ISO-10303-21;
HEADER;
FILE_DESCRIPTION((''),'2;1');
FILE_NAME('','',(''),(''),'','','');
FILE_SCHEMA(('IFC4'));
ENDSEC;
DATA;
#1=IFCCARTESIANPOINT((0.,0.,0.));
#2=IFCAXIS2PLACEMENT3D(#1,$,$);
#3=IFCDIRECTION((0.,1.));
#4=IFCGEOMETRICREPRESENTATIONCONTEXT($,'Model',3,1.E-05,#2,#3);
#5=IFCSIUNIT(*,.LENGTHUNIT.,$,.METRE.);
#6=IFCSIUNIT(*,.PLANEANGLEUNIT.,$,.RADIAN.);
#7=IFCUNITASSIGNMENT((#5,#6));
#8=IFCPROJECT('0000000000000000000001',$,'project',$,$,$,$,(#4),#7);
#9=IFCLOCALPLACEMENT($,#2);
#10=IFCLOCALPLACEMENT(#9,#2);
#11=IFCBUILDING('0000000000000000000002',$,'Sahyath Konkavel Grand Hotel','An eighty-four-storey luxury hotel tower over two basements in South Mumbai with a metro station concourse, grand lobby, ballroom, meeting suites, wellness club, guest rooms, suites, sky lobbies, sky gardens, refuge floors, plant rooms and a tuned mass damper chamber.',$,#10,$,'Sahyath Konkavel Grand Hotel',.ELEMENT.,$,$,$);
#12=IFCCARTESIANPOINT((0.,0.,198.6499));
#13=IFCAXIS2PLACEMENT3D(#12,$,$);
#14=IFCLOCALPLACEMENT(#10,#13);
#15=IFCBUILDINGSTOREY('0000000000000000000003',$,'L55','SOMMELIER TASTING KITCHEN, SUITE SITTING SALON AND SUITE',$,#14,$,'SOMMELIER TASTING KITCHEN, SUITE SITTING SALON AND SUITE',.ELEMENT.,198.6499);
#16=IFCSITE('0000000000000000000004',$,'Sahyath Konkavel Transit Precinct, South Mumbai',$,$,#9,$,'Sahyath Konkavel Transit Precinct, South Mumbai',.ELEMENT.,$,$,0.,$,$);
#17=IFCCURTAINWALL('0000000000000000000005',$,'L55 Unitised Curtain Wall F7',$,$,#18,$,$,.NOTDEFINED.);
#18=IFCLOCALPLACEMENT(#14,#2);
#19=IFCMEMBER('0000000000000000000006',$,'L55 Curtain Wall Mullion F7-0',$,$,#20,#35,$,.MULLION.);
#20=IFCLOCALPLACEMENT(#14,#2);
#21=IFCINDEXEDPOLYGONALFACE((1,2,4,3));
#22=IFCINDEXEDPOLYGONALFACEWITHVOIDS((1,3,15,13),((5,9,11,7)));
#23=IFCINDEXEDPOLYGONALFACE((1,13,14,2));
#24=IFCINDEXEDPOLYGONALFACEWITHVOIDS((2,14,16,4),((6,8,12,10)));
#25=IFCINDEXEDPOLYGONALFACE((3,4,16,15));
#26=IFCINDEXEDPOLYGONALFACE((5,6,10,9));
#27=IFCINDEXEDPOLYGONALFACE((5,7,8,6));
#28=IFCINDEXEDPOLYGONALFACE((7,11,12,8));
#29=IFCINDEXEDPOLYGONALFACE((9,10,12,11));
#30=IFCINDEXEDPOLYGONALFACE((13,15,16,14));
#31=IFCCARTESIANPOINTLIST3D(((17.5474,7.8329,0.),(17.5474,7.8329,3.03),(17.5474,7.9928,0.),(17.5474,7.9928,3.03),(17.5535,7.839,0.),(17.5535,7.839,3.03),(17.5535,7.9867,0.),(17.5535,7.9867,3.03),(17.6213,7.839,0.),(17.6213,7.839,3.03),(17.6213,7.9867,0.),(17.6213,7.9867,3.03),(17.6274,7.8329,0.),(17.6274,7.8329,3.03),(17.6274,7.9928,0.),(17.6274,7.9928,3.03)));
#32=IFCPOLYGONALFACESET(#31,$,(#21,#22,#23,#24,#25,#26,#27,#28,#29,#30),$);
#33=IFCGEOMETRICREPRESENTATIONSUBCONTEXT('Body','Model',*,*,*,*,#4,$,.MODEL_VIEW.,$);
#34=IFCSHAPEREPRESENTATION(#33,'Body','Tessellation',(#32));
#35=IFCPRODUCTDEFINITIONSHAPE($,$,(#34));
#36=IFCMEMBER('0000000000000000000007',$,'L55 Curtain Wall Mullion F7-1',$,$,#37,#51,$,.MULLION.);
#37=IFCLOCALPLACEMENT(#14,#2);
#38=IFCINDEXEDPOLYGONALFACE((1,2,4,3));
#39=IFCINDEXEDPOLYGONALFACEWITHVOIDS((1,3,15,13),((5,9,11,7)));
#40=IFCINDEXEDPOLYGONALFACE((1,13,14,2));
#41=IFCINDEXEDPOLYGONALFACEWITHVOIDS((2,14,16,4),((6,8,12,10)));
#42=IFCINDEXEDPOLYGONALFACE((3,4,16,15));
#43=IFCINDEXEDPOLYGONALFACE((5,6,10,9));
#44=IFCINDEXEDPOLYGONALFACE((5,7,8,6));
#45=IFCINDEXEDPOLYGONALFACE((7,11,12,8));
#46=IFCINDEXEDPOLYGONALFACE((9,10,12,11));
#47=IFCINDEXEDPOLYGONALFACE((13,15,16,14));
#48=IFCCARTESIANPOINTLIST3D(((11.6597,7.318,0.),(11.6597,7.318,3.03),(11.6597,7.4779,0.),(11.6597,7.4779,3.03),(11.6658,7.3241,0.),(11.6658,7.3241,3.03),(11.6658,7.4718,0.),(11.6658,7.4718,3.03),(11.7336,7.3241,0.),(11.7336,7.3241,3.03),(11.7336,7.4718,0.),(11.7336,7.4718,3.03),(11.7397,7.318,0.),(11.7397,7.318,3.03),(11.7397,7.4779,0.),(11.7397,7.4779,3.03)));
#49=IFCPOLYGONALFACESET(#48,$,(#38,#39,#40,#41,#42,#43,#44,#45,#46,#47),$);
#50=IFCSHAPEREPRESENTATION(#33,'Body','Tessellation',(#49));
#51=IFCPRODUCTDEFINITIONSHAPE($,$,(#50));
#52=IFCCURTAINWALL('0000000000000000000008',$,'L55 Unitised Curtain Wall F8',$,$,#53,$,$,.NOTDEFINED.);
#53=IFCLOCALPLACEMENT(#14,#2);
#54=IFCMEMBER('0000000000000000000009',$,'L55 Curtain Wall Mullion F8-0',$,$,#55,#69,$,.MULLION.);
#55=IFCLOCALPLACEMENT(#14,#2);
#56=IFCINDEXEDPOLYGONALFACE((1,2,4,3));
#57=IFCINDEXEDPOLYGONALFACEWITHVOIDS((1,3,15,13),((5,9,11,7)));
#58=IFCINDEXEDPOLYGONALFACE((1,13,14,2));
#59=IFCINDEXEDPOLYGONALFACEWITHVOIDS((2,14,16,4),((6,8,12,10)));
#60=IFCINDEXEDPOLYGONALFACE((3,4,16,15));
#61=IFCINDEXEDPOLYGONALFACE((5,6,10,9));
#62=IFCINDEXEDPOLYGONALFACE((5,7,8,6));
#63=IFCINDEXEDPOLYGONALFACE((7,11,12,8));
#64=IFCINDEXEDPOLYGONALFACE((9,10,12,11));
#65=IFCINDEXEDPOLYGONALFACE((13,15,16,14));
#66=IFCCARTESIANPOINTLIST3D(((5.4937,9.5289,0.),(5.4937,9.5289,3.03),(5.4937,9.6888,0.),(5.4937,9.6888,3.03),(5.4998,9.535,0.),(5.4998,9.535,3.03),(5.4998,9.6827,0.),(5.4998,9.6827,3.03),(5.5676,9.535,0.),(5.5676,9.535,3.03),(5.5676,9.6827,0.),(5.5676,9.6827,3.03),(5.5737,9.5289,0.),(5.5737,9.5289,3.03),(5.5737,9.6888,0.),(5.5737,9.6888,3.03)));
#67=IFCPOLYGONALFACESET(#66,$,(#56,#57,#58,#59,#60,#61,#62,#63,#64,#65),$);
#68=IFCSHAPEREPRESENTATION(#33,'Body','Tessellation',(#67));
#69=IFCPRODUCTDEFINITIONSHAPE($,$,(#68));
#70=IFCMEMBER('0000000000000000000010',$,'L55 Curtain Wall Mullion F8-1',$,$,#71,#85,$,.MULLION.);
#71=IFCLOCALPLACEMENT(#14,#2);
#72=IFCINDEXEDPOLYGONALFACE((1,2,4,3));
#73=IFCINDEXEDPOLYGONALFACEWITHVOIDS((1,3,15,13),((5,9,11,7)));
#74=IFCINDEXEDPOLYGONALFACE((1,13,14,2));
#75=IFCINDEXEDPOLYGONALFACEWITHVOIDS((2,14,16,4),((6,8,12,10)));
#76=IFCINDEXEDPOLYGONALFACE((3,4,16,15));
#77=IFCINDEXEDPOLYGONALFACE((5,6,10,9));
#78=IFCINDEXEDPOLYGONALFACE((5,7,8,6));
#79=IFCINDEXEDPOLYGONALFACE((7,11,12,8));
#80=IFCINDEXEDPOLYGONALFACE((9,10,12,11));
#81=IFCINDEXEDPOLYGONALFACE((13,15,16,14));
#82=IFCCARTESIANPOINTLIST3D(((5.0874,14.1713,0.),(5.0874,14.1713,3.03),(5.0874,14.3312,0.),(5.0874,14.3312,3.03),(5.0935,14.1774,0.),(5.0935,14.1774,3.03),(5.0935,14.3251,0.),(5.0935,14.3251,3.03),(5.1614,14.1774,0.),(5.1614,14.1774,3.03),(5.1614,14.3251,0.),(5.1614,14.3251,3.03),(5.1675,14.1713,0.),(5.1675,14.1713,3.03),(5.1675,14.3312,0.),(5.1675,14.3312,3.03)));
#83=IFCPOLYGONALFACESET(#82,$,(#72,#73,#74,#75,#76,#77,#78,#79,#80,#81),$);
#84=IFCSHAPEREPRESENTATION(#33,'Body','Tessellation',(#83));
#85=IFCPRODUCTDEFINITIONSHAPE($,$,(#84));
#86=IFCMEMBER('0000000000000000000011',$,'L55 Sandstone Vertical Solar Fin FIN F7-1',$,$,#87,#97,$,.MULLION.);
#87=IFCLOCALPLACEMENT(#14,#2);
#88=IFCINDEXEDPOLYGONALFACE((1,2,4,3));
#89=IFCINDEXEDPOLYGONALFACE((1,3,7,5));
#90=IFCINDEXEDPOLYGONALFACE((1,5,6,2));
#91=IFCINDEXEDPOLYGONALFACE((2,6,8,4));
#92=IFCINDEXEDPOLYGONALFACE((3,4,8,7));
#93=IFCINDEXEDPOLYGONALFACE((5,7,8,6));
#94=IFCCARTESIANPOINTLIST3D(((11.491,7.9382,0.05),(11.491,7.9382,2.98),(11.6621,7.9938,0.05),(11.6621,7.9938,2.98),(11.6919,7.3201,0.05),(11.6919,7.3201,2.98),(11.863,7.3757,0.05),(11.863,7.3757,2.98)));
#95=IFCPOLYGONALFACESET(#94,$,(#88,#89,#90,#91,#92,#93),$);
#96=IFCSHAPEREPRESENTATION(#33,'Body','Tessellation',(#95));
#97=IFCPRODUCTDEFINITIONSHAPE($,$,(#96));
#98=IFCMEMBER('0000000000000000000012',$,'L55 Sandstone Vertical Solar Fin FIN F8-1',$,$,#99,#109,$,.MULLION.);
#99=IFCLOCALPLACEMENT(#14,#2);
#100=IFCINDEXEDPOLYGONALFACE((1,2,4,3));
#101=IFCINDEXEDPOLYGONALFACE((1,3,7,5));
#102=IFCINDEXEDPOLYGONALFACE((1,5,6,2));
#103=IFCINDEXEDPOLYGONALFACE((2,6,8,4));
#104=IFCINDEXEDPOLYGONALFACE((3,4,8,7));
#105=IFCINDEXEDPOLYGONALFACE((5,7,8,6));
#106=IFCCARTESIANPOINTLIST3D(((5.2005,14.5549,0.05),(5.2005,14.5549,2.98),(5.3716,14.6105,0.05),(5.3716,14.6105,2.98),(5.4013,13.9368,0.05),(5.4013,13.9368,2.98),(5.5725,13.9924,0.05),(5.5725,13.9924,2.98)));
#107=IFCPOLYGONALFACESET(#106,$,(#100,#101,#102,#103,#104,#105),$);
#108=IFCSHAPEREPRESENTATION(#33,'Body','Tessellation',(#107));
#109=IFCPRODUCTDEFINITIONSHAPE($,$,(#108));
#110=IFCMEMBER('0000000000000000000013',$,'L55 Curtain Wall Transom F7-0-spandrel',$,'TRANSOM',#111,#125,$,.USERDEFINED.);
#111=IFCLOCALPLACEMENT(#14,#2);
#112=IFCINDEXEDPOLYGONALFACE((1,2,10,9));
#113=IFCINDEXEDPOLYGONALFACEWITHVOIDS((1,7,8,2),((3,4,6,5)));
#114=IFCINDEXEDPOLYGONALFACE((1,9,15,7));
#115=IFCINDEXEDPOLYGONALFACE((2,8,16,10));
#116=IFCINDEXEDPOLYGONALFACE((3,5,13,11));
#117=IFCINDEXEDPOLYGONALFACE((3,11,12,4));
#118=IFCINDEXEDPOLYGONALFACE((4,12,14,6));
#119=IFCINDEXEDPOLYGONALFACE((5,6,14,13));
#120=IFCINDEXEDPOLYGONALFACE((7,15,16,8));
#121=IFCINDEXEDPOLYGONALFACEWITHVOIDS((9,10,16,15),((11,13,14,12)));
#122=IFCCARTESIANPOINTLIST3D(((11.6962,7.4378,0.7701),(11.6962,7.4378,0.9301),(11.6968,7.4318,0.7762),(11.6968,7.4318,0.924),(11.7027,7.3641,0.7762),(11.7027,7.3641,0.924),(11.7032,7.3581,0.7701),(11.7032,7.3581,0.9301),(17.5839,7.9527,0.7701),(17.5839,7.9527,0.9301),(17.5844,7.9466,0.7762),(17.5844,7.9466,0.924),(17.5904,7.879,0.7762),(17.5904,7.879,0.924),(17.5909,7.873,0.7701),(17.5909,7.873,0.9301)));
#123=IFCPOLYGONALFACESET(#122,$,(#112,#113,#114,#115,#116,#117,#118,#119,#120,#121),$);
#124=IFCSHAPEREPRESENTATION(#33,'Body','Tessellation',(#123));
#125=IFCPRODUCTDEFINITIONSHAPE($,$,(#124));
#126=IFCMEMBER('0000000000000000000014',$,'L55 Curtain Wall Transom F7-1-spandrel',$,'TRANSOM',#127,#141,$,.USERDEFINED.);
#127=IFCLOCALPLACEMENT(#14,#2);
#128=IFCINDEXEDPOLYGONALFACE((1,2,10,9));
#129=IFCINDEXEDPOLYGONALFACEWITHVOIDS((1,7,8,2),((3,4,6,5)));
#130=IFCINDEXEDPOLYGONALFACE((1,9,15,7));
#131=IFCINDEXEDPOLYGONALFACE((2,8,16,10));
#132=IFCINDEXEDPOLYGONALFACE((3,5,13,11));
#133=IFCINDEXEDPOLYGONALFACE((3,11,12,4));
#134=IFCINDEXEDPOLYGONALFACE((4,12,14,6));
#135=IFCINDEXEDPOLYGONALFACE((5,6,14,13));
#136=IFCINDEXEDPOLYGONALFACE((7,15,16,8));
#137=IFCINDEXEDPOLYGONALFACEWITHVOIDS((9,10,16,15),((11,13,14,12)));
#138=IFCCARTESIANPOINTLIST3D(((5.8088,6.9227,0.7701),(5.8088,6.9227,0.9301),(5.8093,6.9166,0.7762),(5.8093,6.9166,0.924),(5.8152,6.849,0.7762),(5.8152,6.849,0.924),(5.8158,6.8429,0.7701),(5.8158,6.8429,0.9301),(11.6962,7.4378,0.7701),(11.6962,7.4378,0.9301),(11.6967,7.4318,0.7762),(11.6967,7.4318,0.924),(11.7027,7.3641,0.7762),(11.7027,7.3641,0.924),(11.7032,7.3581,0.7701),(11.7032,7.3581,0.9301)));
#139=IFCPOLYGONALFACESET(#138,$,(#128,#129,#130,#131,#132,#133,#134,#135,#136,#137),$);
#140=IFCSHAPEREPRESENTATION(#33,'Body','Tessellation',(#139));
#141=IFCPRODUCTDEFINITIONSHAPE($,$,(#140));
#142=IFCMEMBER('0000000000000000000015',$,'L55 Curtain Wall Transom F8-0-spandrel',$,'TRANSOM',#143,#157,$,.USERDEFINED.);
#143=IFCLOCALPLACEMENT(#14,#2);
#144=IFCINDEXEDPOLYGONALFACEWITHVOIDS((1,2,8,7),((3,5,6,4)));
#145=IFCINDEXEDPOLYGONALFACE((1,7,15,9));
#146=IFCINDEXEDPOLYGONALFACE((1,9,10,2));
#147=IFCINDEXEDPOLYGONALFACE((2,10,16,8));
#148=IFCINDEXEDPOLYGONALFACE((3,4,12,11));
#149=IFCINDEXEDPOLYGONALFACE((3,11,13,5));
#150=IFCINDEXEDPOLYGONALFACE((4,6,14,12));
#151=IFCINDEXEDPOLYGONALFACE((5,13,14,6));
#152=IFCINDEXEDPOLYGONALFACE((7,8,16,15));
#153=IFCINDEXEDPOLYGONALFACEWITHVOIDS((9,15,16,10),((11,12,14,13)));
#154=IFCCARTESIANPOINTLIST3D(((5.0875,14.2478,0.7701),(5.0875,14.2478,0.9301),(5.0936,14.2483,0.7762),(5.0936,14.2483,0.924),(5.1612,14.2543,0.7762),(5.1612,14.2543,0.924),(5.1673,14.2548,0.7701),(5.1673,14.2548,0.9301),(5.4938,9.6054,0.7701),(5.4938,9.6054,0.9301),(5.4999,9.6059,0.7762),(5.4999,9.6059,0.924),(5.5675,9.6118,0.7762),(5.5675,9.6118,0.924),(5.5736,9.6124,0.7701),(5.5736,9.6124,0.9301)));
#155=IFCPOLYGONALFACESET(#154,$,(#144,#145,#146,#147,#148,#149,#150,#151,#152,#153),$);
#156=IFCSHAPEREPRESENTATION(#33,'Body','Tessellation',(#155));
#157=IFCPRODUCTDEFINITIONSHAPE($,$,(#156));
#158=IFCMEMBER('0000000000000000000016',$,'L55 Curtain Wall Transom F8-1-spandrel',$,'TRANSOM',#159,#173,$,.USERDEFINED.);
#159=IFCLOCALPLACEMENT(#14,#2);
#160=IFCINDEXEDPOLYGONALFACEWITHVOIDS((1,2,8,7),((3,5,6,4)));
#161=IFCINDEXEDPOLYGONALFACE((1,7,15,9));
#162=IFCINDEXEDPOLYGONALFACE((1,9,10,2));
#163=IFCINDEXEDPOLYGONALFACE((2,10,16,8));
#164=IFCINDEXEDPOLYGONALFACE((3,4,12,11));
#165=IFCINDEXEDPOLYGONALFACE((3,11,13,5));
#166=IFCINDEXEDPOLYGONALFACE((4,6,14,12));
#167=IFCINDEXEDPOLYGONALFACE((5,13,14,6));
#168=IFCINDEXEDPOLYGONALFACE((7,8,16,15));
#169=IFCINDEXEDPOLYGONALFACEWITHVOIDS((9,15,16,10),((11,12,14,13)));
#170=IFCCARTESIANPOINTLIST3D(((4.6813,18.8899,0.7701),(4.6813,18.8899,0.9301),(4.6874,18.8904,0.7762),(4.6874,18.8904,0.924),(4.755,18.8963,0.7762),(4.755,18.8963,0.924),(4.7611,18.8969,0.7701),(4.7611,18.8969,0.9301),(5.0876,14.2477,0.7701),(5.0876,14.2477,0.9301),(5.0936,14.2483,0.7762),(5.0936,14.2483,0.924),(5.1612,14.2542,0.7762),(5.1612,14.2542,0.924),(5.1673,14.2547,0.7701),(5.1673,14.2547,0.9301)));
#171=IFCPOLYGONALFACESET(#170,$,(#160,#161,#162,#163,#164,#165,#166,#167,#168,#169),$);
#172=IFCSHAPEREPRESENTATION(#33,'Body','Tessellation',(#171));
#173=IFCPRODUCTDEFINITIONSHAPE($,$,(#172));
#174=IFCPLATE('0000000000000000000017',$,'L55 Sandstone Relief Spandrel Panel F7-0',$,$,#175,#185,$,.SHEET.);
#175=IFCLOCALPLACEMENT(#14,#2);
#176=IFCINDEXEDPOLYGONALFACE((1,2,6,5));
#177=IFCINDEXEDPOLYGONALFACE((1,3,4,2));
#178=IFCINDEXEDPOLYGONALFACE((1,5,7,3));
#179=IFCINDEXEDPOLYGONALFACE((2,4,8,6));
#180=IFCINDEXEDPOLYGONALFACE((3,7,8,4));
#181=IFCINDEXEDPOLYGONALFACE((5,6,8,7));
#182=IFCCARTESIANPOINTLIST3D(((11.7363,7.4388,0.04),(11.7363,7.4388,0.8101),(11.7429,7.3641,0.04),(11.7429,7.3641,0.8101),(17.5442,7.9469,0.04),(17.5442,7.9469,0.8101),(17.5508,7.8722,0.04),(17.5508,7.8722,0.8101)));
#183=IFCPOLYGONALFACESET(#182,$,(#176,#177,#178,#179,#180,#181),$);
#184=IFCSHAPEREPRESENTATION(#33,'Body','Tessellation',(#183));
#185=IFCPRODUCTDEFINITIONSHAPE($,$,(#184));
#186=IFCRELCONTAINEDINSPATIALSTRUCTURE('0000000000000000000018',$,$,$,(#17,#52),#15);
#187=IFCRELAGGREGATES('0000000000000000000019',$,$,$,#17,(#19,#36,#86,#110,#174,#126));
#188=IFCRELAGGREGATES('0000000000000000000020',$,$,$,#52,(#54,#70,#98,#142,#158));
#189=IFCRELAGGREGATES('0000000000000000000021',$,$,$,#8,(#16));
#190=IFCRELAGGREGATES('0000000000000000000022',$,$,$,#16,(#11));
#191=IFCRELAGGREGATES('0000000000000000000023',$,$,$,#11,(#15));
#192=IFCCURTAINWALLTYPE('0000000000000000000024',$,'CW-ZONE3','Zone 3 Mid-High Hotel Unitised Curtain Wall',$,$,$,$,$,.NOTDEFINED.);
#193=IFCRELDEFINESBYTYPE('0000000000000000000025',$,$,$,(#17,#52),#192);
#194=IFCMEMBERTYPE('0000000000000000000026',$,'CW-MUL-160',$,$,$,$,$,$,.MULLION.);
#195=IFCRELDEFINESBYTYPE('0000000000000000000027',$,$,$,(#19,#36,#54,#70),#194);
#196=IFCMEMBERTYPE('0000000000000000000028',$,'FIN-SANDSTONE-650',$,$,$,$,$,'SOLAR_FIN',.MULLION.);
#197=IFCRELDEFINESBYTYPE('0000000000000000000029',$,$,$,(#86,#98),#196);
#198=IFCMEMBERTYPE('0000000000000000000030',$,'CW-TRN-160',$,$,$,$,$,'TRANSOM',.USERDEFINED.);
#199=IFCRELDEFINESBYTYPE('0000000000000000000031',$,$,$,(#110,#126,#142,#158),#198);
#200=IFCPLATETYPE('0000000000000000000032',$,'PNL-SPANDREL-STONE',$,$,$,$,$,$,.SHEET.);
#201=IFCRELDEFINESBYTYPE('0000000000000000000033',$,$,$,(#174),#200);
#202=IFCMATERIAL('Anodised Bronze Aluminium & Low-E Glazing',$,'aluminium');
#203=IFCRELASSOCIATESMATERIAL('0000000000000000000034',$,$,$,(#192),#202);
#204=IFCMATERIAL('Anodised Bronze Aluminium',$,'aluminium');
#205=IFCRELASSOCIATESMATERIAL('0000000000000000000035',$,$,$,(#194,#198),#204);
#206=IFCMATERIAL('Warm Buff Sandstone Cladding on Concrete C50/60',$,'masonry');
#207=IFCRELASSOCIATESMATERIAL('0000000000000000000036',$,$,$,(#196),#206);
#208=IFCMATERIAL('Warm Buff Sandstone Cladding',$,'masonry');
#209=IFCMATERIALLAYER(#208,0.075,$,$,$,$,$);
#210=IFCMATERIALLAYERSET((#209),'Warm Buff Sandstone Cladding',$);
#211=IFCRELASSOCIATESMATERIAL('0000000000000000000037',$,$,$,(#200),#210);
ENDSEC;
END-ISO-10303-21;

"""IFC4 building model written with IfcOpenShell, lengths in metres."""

from ifc_helpers import new_model, si_unit, direction, frame, origin, origin_2d, place, context, subcontext, project, spatial, rectangle, hollow_rectangle, extrude, source, transform, mapped, material, layer, layer_set, material_profile, profile_set, type_object, element, aggregate, save


model = new_model("IFC4")

# Units and contexts
model_context = context("Model", 3, precision=1e-05, world=origin(), true_north=direction((0.0, 1.0)))
body_context = subcontext(model_context, "Body", "Model", "MODEL_VIEW")
ifc_project = project(units=[si_unit("LENGTHUNIT", "METRE"), si_unit("PLANEANGLEUNIT", "RADIAN")], contexts=[model_context])

# Site, building, storey
site_placement = place(None, origin())
site = spatial("IfcSite", under=ifc_project, at=site_placement, Name="Sahyath Konkavel Transit Precinct, South Mumbai", LongName="Sahyath Konkavel Transit Precinct, South Mumbai", CompositionType="ELEMENT", RefElevation=0.0)
building_placement = place(site_placement, origin())
building = spatial("IfcBuilding", under=site, at=building_placement, Name="Sahyath Konkavel Grand Hotel", Description="An eighty-four-storey luxury hotel tower over two basements in South Mumbai with a metro station concourse, grand lobby, ballroom, meeting suites, wellness club, guest rooms, suites, sky lobbies, sky gardens, refuge floors, plant rooms and a tuned mass damper chamber.", LongName="Sahyath Konkavel Grand Hotel", CompositionType="ELEMENT")
storey_placement = place(building_placement, frame((0.0, 0.0, 198.6499)))
storey = spatial("IfcBuildingStorey", under=building, at=storey_placement, Name="L55", Description="SOMMELIER TASTING KITCHEN, SUITE SITTING SALON AND SUITE", LongName="SOMMELIER TASTING KITCHEN, SUITE SITTING SALON AND SUITE", CompositionType="ELEMENT", Elevation=198.6499)

# Curtain walls, members
ifc_material_1 = material(Name="Anodised Bronze Aluminium & Low-E Glazing", Category="aluminium")
curtain_wall_type = type_object("IfcCurtainWallType", Name="CW-ZONE3", Description="Zone 3 Mid-High Hotel Unitised Curtain Wall", PredefinedType="NOTDEFINED", material=ifc_material_1)
curtain_wall_1_placement = place(storey_placement, origin())
curtain_wall_1 = element("IfcCurtainWall", 1, at=curtain_wall_1_placement, inside=storey, type_object=curtain_wall_type, Name="L55 Unitised Curtain Wall F7", PredefinedType="NOTDEFINED")
ifc_material_2 = material(Name="Anodised Bronze Aluminium", Category="aluminium")
ifc_material_profile_1 = material_profile(ifc_material_2, hollow_rectangle(XDim=0.0801, YDim=0.1599, WallThickness=0.0061, at=origin_2d()), Name="RHS 160x80x6")
ifc_profile_set_1 = profile_set([ifc_material_profile_1], Name="Anodised Bronze Aluminium")
member_type_1 = type_object("IfcMemberType", Name="CW-MUL-160", PredefinedType="MULLION", material=ifc_profile_set_1)
shared_shape_1 = source(origin(), body_context, "Body", "SweptSolid", [
    extrude(hollow_rectangle(XDim=0.0801, YDim=0.1599, WallThickness=0.0061, at=origin_2d()), origin(), (0.0, 0.0, 1.0), 3.03),
])
member_1_placement = place(storey_placement, frame((17.5874, 7.9128, 0.0), z_axis=(0.0, 0.0, 1.0), x_axis=(1.0, 0.0, 0.0)))
member_1 = element("IfcMember", 2, at=member_1_placement, type_object=member_type_1, Name="L55 Curtain Wall Mullion F7-0", PredefinedType="MULLION", context=body_context, shape_type="MappedRepresentation", body=[
    mapped(shared_shape_1, transform((0.0, 0.0, 0.0), scale=1.0)),
])
member_2_placement = place(storey_placement, frame((11.6997, 7.3979, 0.0), z_axis=(0.0, 0.0, 1.0), x_axis=(1.0, 0.0, 0.0)))
member_2 = element("IfcMember", 3, at=member_2_placement, type_object=member_type_1, Name="L55 Curtain Wall Mullion F7-1", PredefinedType="MULLION", context=body_context, shape_type="MappedRepresentation", body=[
    mapped(shared_shape_1, transform((0.0, 0.0, 0.0), scale=1.0)),
])
curtain_wall_2_placement = place(storey_placement, origin())
curtain_wall_2 = element("IfcCurtainWall", 4, at=curtain_wall_2_placement, inside=storey, type_object=curtain_wall_type, Name="L55 Unitised Curtain Wall F8", PredefinedType="NOTDEFINED")
member_3_placement = place(storey_placement, frame((5.5337, 9.6089, 0.0), z_axis=(0.0, 0.0, 1.0), x_axis=(1.0, 0.0, 0.0)))
member_3 = element("IfcMember", 5, at=member_3_placement, type_object=member_type_1, Name="L55 Curtain Wall Mullion F8-0", PredefinedType="MULLION", context=body_context, shape_type="MappedRepresentation", body=[
    mapped(shared_shape_1, transform((0.0, 0.0, 0.0), scale=1.0)),
])
member_4_placement = place(storey_placement, frame((5.1274, 14.2512, 0.0), z_axis=(0.0, 0.0, 1.0), x_axis=(1.0, 0.0, 0.0)))
member_4 = element("IfcMember", 6, at=member_4_placement, type_object=member_type_1, Name="L55 Curtain Wall Mullion F8-1", PredefinedType="MULLION", context=body_context, shape_type="MappedRepresentation", body=[
    mapped(shared_shape_1, transform((0.0, 0.0, 0.0), scale=1.0)),
])

# Members
ifc_material_3 = material(Name="Warm Buff Sandstone Cladding on Concrete C50/60", Category="masonry")
ifc_material_profile_2 = material_profile(ifc_material_3, rectangle(XDim=0.1799, YDim=0.6499, at=origin_2d()), Name="FIN 180x650")
ifc_profile_set_2 = profile_set([ifc_material_profile_2], Name="Warm Buff Sandstone Cladding on Concrete C50/60")
member_type_2 = type_object("IfcMemberType", Name="FIN-SANDSTONE-650", ElementType="SOLAR_FIN", PredefinedType="MULLION", material=ifc_profile_set_2)
shared_shape_2 = source(origin(), body_context, "Body", "SweptSolid", [
    extrude(rectangle(XDim=0.1799, YDim=0.6499, at=origin_2d()), origin(), (0.0, 0.0, 1.0), 2.9299),
])
member_5_placement = place(storey_placement, frame((11.677, 7.657, 0.05), z_axis=(0.0, 0.0, 1.0), x_axis=(0.951057, 0.309017, 0.0)))
member_5 = element("IfcMember", 7, at=member_5_placement, type_object=member_type_2, Name="L55 Sandstone Vertical Solar Fin FIN F7-1", PredefinedType="MULLION", context=body_context, shape_type="MappedRepresentation", body=[
    mapped(shared_shape_2, transform((0.0, 0.0, 0.0), scale=1.0)),
])
member_6_placement = place(storey_placement, frame((5.3865, 14.2737, 0.05), z_axis=(0.0, 0.0, 1.0), x_axis=(0.951057, 0.309017, 0.0)))
member_6 = element("IfcMember", 8, at=member_6_placement, type_object=member_type_2, Name="L55 Sandstone Vertical Solar Fin FIN F8-1", PredefinedType="MULLION", context=body_context, shape_type="MappedRepresentation", body=[
    mapped(shared_shape_2, transform((0.0, 0.0, 0.0), scale=1.0)),
])
ifc_material_profile_3 = material_profile(ifc_material_2, hollow_rectangle(XDim=0.0801, YDim=0.1599, WallThickness=0.0061, at=origin_2d()), Name="RHS 160x80x6")
ifc_profile_set_3 = profile_set([ifc_material_profile_3], Name="Anodised Bronze Aluminium")
member_type_3 = type_object("IfcMemberType", Name="CW-TRN-160", ElementType="TRANSOM", PredefinedType="USERDEFINED", material=ifc_profile_set_3)
shared_shape_3 = source(origin(), body_context, "Body", "SweptSolid", [
    extrude(hollow_rectangle(XDim=0.0801, YDim=0.1599, WallThickness=0.0061, at=origin_2d()), origin(), (0.0, 0.0, 1.0), 5.9102),
])
member_7_placement = place(storey_placement, frame((17.5874, 7.9128, 0.8501), z_axis=(-0.996198, -0.08712, 0.0), x_axis=(0.08712, -0.996198, 0.0)))
member_7 = element("IfcMember", 9, at=member_7_placement, type_object=member_type_3, Name="L55 Curtain Wall Transom F7-0-spandrel", ObjectType="TRANSOM", PredefinedType="USERDEFINED", context=body_context, shape_type="MappedRepresentation", body=[
    mapped(shared_shape_3, transform((0.0, 0.0, 0.0), scale=1.0)),
])
shared_shape_4 = source(origin(), body_context, "Body", "SweptSolid", [
    extrude(hollow_rectangle(XDim=0.0801, YDim=0.1599, WallThickness=0.0061, at=origin_2d()), origin(), (0.0, 0.0, 1.0), 5.9099),
])
member_8_placement = place(storey_placement, frame((11.6997, 7.3979, 0.8501), z_axis=(-0.996194, -0.087164, 0.0), x_axis=(0.087164, -0.996194, 0.0)))
member_8 = element("IfcMember", 10, at=member_8_placement, type_object=member_type_3, Name="L55 Curtain Wall Transom F7-1-spandrel", ObjectType="TRANSOM", PredefinedType="USERDEFINED", context=body_context, shape_type="MappedRepresentation", body=[
    mapped(shared_shape_4, transform((0.0, 0.0, 0.0), scale=1.0)),
])
shared_shape_5 = source(origin(), body_context, "Body", "SweptSolid", [
    extrude(hollow_rectangle(XDim=0.0801, YDim=0.1599, WallThickness=0.0061, at=origin_2d()), origin(), (0.0, 0.0, 1.0), 4.6602),
])
member_9_placement = place(storey_placement, frame((5.5337, 9.6089, 0.8501), z_axis=(-0.087177, 0.996193, 0.0), x_axis=(-0.996193, -0.087177, 0.0)))
member_9 = element("IfcMember", 11, at=member_9_placement, type_object=member_type_3, Name="L55 Curtain Wall Transom F8-0-spandrel", ObjectType="TRANSOM", PredefinedType="USERDEFINED", context=body_context, shape_type="MappedRepresentation", body=[
    mapped(shared_shape_5, transform((0.0, 0.0, 0.0), scale=1.0)),
])
shared_shape_6 = source(origin(), body_context, "Body", "SweptSolid", [
    extrude(hollow_rectangle(XDim=0.0801, YDim=0.1599, WallThickness=0.0061, at=origin_2d()), origin(), (0.0, 0.0, 1.0), 4.6599),
])
member_10_placement = place(storey_placement, frame((5.1274, 14.2512, 0.8501), z_axis=(-0.087181, 0.996192, 0.0), x_axis=(-0.996192, -0.087181, 0.0)))
member_10 = element("IfcMember", 12, at=member_10_placement, type_object=member_type_3, Name="L55 Curtain Wall Transom F8-1-spandrel", ObjectType="TRANSOM", PredefinedType="USERDEFINED", context=body_context, shape_type="MappedRepresentation", body=[
    mapped(shared_shape_6, transform((0.0, 0.0, 0.0), scale=1.0)),
])

# Plate
ifc_material_4 = material(Name="Warm Buff Sandstone Cladding", Category="masonry")
ifc_layer_1 = layer(ifc_material_4, 0.075)
ifc_layer_set_1 = layer_set([ifc_layer_1], Name="Warm Buff Sandstone Cladding")
plate_type_1 = type_object("IfcPlateType", Name="PNL-SPANDREL-STONE", PredefinedType="SHEET", material=ifc_layer_set_1)
shared_shape_7 = source(origin(), body_context, "Body", "SweptSolid", [
    extrude(rectangle(XDim=5.8301, YDim=0.075, at=origin_2d()), origin(), (0.0, 0.0, 1.0), 0.77),
])
plate_1_placement = place(storey_placement, frame((14.6436, 7.6555, 0.04), z_axis=(0.0, 0.0, 1.0), x_axis=(-0.996195, -0.087156, 0.0)))
plate_1 = element("IfcPlate", 13, at=plate_1_placement, type_object=plate_type_1, Name="L55 Sandstone Relief Spandrel Panel F7-0", PredefinedType="SHEET", context=body_context, shape_type="MappedRepresentation", body=[
    mapped(shared_shape_7, transform((0.0, 0.0, 0.0), scale=1.0)),
])
aggregate(curtain_wall_1, [member_1, member_2, member_5, member_7, plate_1, member_8])
aggregate(curtain_wall_2, [member_3, member_4, member_6, member_9, member_10])

save(model, "model.ifc")
